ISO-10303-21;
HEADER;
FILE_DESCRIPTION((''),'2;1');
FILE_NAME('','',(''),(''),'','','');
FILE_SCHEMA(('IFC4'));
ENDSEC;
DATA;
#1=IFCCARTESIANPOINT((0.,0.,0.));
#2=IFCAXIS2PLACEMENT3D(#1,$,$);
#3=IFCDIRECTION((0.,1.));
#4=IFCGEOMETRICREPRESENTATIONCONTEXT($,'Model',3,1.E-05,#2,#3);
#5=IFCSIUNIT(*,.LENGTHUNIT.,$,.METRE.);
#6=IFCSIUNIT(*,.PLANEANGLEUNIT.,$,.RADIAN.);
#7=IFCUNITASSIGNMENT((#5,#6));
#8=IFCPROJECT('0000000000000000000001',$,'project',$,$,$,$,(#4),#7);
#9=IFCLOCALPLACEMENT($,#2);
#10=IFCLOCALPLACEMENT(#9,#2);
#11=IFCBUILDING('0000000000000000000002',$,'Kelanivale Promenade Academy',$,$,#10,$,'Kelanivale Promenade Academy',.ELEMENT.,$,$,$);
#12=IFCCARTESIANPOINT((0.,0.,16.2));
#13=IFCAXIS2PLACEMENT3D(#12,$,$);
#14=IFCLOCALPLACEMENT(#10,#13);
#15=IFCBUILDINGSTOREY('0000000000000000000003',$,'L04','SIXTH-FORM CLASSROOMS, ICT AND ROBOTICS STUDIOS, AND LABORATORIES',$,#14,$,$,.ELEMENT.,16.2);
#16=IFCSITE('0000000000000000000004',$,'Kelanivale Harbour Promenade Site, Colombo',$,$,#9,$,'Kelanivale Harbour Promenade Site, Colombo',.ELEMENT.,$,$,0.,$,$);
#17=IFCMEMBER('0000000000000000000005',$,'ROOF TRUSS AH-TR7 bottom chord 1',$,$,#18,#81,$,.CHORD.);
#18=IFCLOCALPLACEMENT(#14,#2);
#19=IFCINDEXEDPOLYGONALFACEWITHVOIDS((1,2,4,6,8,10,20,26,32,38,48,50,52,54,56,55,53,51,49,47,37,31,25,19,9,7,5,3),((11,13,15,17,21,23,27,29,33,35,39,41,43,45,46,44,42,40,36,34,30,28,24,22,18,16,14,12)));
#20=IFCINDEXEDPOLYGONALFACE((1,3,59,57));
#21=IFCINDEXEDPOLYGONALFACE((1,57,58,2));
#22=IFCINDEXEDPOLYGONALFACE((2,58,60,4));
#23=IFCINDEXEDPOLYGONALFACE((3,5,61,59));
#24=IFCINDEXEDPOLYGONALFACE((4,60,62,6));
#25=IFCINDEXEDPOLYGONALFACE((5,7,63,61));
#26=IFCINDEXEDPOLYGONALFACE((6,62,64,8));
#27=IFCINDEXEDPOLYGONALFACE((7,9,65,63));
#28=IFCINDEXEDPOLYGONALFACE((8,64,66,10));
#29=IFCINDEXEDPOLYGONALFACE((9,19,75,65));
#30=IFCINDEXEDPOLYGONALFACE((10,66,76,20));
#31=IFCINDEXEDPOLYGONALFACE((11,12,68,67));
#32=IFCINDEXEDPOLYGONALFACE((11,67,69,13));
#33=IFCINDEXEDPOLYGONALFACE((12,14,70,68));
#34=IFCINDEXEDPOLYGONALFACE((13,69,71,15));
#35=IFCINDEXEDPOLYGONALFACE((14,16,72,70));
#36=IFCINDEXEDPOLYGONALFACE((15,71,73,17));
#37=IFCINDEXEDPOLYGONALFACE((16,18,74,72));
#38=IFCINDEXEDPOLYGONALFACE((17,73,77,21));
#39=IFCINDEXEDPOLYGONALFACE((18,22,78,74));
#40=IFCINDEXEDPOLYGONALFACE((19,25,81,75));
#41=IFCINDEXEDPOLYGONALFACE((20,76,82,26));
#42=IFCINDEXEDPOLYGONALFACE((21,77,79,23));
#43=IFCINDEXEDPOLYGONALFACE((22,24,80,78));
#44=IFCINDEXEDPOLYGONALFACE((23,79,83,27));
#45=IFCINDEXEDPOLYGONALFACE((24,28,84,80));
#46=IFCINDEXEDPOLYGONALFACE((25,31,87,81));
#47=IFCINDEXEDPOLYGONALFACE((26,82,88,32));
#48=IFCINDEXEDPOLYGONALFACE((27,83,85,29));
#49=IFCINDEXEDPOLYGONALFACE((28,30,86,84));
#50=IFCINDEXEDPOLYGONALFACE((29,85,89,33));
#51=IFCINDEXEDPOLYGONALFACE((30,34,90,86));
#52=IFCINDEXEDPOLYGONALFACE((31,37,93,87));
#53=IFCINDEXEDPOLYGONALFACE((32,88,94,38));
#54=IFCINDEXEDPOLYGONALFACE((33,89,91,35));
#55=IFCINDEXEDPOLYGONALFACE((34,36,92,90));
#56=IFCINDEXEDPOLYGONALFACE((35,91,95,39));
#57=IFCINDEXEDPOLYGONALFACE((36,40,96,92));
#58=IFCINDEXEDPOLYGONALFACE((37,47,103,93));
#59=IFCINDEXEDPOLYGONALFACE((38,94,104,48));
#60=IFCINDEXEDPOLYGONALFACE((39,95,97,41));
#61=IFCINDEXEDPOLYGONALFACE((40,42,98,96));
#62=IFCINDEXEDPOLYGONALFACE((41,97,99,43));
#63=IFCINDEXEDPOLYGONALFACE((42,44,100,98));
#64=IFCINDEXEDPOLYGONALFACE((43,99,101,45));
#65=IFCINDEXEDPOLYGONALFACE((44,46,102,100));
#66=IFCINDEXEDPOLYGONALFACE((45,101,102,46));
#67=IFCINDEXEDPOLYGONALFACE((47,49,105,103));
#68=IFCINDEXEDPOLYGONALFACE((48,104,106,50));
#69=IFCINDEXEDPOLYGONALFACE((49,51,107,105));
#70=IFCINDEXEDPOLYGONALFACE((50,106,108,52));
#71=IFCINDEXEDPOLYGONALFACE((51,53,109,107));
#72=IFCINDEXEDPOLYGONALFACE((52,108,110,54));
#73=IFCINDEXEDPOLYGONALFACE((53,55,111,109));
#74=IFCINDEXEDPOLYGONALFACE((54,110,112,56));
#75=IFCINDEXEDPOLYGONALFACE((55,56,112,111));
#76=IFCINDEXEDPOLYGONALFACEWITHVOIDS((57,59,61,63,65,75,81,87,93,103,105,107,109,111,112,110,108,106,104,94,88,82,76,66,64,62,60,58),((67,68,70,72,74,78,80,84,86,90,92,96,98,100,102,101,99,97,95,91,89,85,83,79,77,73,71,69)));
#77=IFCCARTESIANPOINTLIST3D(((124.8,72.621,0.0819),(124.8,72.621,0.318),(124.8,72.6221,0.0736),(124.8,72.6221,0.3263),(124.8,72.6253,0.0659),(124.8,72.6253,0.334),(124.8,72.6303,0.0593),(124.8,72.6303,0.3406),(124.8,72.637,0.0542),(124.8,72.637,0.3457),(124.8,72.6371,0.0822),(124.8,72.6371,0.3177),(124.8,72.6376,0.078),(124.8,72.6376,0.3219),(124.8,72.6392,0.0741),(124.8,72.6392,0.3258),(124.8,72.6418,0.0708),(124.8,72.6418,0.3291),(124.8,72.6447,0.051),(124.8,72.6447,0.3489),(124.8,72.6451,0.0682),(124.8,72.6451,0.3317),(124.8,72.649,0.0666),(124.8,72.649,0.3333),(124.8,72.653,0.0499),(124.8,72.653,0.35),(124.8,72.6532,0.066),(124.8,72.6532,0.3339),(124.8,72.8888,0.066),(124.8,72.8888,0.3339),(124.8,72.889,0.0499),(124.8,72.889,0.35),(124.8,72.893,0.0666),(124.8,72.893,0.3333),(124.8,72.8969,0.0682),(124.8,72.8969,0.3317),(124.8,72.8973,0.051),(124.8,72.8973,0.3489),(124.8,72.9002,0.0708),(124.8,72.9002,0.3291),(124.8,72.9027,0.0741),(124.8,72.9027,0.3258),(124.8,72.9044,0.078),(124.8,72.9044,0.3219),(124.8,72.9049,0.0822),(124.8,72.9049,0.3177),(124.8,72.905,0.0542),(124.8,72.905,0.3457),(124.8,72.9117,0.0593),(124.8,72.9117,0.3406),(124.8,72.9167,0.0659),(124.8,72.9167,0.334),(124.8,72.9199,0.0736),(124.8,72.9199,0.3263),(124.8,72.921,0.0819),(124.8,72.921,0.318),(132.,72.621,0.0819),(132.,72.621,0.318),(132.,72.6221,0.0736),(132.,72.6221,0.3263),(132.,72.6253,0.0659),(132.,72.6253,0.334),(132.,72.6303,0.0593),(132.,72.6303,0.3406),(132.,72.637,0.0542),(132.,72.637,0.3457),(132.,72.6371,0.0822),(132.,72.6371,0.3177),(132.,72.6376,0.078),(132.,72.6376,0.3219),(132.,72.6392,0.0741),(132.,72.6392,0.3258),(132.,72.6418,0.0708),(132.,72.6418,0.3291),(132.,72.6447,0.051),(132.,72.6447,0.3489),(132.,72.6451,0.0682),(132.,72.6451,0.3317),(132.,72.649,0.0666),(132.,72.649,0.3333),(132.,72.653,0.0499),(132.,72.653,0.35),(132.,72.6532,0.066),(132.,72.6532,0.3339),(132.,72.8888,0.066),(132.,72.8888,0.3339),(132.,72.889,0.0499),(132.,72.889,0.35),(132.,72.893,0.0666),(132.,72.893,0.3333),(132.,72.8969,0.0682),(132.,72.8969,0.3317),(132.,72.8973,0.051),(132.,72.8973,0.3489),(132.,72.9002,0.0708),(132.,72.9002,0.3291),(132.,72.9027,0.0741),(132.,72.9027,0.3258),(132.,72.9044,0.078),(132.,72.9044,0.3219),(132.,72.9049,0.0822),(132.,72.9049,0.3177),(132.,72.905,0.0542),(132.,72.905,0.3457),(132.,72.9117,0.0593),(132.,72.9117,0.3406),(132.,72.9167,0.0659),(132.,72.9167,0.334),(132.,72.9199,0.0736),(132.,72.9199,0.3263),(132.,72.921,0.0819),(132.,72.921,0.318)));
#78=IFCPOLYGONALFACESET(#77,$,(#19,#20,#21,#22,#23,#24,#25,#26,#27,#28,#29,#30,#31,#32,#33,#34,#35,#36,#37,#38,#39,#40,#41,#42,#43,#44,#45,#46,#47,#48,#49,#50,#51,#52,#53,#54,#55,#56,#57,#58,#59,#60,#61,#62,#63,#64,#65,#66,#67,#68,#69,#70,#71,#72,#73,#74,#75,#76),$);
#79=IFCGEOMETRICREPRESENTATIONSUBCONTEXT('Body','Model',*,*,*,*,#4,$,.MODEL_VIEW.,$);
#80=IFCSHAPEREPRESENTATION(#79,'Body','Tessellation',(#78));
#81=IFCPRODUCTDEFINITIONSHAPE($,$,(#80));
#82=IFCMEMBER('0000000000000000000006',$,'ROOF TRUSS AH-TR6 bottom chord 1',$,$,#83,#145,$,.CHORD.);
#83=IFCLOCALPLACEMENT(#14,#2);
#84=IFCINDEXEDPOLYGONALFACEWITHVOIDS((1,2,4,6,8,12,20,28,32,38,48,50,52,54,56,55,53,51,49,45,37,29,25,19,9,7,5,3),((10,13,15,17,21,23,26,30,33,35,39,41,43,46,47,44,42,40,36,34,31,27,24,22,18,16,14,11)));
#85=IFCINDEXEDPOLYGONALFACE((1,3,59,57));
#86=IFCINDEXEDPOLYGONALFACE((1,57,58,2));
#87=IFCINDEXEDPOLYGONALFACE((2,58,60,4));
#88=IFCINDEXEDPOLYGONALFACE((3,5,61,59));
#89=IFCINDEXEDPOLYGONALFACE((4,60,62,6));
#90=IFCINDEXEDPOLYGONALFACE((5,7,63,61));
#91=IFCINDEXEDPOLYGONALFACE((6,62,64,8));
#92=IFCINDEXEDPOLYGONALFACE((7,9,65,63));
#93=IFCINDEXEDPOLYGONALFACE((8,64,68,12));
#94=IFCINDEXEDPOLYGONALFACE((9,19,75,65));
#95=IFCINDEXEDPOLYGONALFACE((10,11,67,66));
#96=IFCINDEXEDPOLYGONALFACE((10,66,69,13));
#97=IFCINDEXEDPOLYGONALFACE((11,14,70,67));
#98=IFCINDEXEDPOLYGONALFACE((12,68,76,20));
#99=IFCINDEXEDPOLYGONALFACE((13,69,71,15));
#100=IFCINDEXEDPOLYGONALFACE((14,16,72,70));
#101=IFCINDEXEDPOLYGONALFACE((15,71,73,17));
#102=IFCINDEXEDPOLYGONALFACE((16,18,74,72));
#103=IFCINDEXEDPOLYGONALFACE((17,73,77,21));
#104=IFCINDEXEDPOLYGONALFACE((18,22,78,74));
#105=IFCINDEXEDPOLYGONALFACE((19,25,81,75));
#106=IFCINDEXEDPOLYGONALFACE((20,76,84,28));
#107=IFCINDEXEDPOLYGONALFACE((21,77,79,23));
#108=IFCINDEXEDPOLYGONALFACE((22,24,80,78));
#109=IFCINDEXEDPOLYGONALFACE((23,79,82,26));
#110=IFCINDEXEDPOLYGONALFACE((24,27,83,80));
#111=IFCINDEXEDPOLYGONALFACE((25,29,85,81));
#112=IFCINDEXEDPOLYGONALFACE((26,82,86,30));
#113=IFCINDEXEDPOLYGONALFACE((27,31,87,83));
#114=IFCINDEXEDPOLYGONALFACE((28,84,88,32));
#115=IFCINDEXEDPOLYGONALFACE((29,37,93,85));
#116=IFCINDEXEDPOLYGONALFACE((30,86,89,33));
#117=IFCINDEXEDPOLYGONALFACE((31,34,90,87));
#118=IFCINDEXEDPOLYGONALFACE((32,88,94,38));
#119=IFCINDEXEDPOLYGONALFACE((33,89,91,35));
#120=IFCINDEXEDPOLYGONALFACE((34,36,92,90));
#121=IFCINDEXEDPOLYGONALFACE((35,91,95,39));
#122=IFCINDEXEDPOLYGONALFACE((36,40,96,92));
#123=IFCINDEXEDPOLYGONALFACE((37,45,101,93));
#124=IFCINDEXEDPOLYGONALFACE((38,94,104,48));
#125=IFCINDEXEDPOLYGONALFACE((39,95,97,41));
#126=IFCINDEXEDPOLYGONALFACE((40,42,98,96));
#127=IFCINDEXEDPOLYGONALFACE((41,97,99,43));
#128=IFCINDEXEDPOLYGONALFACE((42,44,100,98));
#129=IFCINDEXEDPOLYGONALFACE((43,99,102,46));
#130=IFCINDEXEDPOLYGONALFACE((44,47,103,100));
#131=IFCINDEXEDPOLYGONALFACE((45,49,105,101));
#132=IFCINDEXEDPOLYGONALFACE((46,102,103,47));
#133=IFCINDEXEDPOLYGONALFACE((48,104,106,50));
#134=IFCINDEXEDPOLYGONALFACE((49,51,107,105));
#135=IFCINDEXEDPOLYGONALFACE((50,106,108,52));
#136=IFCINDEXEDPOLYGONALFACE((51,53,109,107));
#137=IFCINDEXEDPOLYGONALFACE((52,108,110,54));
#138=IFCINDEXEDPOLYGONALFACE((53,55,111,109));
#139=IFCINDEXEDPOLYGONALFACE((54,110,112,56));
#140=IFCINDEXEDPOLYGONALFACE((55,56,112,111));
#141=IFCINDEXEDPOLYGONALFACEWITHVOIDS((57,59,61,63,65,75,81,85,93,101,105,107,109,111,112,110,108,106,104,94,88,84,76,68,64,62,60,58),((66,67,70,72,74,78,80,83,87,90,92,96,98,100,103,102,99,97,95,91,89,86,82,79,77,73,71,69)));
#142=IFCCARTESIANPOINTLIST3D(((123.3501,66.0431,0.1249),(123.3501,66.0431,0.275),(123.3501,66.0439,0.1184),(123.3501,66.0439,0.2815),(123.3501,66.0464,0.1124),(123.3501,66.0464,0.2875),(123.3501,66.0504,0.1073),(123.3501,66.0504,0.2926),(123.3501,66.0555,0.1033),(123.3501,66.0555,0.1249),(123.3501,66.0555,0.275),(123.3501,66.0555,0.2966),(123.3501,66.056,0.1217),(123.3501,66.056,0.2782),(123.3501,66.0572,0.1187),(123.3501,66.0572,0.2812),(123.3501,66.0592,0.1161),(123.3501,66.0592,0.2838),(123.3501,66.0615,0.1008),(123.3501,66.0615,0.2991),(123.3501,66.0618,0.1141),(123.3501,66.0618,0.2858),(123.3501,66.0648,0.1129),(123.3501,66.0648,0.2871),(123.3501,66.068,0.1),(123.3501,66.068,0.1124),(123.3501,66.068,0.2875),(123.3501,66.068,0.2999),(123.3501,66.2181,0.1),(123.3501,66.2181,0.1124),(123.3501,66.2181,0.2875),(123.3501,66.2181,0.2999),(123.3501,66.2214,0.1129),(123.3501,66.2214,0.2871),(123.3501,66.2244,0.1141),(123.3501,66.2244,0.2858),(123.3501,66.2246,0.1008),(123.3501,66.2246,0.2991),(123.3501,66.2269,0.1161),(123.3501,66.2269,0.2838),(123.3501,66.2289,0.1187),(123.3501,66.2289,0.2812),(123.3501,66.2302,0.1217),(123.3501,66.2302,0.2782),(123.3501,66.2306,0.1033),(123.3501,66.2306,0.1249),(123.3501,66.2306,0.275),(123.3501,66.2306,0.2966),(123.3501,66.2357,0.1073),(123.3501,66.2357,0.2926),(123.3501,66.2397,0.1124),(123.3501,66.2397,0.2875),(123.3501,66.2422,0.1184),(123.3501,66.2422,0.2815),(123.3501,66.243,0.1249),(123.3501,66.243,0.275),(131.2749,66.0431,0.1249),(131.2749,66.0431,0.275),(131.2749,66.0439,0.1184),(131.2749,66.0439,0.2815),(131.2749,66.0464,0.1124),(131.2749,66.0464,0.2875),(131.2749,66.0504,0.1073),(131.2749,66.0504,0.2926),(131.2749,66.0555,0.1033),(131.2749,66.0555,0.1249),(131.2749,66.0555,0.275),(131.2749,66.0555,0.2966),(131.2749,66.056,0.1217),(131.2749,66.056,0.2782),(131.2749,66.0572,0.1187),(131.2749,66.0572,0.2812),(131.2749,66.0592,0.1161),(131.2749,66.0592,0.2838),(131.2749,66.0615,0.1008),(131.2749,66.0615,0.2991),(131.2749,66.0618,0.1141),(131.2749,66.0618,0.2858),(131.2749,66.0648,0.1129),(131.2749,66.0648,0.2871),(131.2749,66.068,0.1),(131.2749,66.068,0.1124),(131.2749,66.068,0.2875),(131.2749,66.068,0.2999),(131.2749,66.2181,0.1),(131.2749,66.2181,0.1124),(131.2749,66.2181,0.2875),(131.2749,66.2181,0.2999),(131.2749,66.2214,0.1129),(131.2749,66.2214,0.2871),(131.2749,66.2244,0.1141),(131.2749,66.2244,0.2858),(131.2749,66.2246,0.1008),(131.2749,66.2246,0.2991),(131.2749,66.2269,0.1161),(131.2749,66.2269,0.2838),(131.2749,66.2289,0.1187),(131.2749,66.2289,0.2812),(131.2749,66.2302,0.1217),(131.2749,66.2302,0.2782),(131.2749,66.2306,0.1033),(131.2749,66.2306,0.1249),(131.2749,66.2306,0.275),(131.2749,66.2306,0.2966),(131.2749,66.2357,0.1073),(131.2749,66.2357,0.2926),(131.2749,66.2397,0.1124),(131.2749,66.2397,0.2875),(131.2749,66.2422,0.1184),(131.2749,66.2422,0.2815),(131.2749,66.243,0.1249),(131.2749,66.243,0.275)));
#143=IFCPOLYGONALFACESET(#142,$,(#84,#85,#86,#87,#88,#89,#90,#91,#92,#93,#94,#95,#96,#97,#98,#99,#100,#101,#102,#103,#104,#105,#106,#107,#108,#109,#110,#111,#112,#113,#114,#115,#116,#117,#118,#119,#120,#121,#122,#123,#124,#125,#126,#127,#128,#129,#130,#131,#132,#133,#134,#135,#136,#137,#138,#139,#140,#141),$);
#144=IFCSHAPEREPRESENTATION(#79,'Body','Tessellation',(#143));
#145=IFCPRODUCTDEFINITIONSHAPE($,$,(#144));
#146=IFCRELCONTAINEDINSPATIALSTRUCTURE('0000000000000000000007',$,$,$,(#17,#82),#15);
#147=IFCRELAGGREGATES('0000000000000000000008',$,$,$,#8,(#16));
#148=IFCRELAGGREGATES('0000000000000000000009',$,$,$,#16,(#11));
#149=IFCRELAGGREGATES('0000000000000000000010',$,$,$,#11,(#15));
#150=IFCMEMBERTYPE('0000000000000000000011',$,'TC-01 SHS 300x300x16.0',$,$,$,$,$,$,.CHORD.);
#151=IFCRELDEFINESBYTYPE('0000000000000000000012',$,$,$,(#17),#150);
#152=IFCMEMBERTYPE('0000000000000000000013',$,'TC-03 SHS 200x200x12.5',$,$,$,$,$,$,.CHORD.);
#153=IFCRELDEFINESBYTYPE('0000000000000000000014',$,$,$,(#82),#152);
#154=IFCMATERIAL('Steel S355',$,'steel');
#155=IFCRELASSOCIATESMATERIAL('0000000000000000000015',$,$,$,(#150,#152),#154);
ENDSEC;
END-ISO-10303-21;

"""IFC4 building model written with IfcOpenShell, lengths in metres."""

from ifc_helpers import new_model, si_unit, direction, frame, origin, origin_2d, place, context, subcontext, project, spatial, hollow_rectangle, extrude, material, material_profile, profile_set, type_object, element, save


model = new_model("IFC4")

# Units and contexts
model_context = context("Model", 3, precision=1e-05, world=origin(), true_north=direction((0.0, 1.0)))
body_context = subcontext(model_context, "Body", "Model", "MODEL_VIEW")
ifc_project = project(units=[si_unit("LENGTHUNIT", "METRE"), si_unit("PLANEANGLEUNIT", "RADIAN")], contexts=[model_context])

# Site, building, storey
site_placement = place(None, origin())
site = spatial("IfcSite", under=ifc_project, at=site_placement, Name="Kelanivale Harbour Promenade Site, Colombo", LongName="Kelanivale Harbour Promenade Site, Colombo", CompositionType="ELEMENT", RefElevation=0.0)
building_placement = place(site_placement, origin())
building = spatial("IfcBuilding", under=site, at=building_placement, Name="Kelanivale Promenade Academy", LongName="Kelanivale Promenade Academy", CompositionType="ELEMENT")
storey_placement = place(building_placement, frame((0.0, 0.0, 16.2)))
storey = spatial("IfcBuildingStorey", under=building, at=storey_placement, Name="L04", Description="SIXTH-FORM CLASSROOMS, ICT AND ROBOTICS STUDIOS, AND LABORATORIES", CompositionType="ELEMENT", Elevation=16.2)

# Shared definitions
ifc_material_1 = material(Name="Steel S355", Category="steel")

# Members
ifc_material_profile_1 = material_profile(ifc_material_1, hollow_rectangle(XDim=0.3, YDim=0.3, WallThickness=0.0161, InnerFilletRadius=0.0161, OuterFilletRadius=0.032, at=origin_2d()), Name="SHS 300x300x16.0")
ifc_profile_set_1 = profile_set([ifc_material_profile_1], Name="Steel S355")
member_type_1 = type_object("IfcMemberType", Name="TC-01 SHS 300x300x16.0", PredefinedType="CHORD", material=ifc_profile_set_1)
member_1_placement = place(storey_placement, frame((124.8, 72.771, 0.2), z_axis=(1.0, 0.0, 0.0), x_axis=(0.0, 1.0, 0.0)))
element("IfcMember", 1, at=member_1_placement, inside=storey, type_object=member_type_1, Name="ROOF TRUSS AH-TR7 bottom chord 1", PredefinedType="CHORD", context=body_context, shape_type="SweptSolid", body=[
    extrude(hollow_rectangle(XDim=0.3, YDim=0.3, WallThickness=0.0161, InnerFilletRadius=0.0161, OuterFilletRadius=0.032, at=origin_2d()), origin(), (0.0, 0.0, 1.0), 7.2),
])
ifc_material_profile_2 = material_profile(ifc_material_1, hollow_rectangle(XDim=0.2, YDim=0.2, WallThickness=0.0125, InnerFilletRadius=0.0125, OuterFilletRadius=0.0249, at=origin_2d()), Name="SHS 200x200x12.5")
ifc_profile_set_2 = profile_set([ifc_material_profile_2], Name="Steel S355")
member_type_2 = type_object("IfcMemberType", Name="TC-03 SHS 200x200x12.5", PredefinedType="CHORD", material=ifc_profile_set_2)
member_2_placement = place(storey_placement, frame((123.3501, 66.1431, 0.2), z_axis=(1.0, 0.0, 0.0), x_axis=(0.0, 1.0, 0.0)))
element("IfcMember", 2, at=member_2_placement, inside=storey, type_object=member_type_2, Name="ROOF TRUSS AH-TR6 bottom chord 1", PredefinedType="CHORD", context=body_context, shape_type="SweptSolid", body=[
    extrude(hollow_rectangle(XDim=0.2, YDim=0.2, WallThickness=0.0125, InnerFilletRadius=0.0125, OuterFilletRadius=0.0249, at=origin_2d()), origin(), (0.0, 0.0, 1.0), 7.9248),
])

save(model, "model.ifc")
